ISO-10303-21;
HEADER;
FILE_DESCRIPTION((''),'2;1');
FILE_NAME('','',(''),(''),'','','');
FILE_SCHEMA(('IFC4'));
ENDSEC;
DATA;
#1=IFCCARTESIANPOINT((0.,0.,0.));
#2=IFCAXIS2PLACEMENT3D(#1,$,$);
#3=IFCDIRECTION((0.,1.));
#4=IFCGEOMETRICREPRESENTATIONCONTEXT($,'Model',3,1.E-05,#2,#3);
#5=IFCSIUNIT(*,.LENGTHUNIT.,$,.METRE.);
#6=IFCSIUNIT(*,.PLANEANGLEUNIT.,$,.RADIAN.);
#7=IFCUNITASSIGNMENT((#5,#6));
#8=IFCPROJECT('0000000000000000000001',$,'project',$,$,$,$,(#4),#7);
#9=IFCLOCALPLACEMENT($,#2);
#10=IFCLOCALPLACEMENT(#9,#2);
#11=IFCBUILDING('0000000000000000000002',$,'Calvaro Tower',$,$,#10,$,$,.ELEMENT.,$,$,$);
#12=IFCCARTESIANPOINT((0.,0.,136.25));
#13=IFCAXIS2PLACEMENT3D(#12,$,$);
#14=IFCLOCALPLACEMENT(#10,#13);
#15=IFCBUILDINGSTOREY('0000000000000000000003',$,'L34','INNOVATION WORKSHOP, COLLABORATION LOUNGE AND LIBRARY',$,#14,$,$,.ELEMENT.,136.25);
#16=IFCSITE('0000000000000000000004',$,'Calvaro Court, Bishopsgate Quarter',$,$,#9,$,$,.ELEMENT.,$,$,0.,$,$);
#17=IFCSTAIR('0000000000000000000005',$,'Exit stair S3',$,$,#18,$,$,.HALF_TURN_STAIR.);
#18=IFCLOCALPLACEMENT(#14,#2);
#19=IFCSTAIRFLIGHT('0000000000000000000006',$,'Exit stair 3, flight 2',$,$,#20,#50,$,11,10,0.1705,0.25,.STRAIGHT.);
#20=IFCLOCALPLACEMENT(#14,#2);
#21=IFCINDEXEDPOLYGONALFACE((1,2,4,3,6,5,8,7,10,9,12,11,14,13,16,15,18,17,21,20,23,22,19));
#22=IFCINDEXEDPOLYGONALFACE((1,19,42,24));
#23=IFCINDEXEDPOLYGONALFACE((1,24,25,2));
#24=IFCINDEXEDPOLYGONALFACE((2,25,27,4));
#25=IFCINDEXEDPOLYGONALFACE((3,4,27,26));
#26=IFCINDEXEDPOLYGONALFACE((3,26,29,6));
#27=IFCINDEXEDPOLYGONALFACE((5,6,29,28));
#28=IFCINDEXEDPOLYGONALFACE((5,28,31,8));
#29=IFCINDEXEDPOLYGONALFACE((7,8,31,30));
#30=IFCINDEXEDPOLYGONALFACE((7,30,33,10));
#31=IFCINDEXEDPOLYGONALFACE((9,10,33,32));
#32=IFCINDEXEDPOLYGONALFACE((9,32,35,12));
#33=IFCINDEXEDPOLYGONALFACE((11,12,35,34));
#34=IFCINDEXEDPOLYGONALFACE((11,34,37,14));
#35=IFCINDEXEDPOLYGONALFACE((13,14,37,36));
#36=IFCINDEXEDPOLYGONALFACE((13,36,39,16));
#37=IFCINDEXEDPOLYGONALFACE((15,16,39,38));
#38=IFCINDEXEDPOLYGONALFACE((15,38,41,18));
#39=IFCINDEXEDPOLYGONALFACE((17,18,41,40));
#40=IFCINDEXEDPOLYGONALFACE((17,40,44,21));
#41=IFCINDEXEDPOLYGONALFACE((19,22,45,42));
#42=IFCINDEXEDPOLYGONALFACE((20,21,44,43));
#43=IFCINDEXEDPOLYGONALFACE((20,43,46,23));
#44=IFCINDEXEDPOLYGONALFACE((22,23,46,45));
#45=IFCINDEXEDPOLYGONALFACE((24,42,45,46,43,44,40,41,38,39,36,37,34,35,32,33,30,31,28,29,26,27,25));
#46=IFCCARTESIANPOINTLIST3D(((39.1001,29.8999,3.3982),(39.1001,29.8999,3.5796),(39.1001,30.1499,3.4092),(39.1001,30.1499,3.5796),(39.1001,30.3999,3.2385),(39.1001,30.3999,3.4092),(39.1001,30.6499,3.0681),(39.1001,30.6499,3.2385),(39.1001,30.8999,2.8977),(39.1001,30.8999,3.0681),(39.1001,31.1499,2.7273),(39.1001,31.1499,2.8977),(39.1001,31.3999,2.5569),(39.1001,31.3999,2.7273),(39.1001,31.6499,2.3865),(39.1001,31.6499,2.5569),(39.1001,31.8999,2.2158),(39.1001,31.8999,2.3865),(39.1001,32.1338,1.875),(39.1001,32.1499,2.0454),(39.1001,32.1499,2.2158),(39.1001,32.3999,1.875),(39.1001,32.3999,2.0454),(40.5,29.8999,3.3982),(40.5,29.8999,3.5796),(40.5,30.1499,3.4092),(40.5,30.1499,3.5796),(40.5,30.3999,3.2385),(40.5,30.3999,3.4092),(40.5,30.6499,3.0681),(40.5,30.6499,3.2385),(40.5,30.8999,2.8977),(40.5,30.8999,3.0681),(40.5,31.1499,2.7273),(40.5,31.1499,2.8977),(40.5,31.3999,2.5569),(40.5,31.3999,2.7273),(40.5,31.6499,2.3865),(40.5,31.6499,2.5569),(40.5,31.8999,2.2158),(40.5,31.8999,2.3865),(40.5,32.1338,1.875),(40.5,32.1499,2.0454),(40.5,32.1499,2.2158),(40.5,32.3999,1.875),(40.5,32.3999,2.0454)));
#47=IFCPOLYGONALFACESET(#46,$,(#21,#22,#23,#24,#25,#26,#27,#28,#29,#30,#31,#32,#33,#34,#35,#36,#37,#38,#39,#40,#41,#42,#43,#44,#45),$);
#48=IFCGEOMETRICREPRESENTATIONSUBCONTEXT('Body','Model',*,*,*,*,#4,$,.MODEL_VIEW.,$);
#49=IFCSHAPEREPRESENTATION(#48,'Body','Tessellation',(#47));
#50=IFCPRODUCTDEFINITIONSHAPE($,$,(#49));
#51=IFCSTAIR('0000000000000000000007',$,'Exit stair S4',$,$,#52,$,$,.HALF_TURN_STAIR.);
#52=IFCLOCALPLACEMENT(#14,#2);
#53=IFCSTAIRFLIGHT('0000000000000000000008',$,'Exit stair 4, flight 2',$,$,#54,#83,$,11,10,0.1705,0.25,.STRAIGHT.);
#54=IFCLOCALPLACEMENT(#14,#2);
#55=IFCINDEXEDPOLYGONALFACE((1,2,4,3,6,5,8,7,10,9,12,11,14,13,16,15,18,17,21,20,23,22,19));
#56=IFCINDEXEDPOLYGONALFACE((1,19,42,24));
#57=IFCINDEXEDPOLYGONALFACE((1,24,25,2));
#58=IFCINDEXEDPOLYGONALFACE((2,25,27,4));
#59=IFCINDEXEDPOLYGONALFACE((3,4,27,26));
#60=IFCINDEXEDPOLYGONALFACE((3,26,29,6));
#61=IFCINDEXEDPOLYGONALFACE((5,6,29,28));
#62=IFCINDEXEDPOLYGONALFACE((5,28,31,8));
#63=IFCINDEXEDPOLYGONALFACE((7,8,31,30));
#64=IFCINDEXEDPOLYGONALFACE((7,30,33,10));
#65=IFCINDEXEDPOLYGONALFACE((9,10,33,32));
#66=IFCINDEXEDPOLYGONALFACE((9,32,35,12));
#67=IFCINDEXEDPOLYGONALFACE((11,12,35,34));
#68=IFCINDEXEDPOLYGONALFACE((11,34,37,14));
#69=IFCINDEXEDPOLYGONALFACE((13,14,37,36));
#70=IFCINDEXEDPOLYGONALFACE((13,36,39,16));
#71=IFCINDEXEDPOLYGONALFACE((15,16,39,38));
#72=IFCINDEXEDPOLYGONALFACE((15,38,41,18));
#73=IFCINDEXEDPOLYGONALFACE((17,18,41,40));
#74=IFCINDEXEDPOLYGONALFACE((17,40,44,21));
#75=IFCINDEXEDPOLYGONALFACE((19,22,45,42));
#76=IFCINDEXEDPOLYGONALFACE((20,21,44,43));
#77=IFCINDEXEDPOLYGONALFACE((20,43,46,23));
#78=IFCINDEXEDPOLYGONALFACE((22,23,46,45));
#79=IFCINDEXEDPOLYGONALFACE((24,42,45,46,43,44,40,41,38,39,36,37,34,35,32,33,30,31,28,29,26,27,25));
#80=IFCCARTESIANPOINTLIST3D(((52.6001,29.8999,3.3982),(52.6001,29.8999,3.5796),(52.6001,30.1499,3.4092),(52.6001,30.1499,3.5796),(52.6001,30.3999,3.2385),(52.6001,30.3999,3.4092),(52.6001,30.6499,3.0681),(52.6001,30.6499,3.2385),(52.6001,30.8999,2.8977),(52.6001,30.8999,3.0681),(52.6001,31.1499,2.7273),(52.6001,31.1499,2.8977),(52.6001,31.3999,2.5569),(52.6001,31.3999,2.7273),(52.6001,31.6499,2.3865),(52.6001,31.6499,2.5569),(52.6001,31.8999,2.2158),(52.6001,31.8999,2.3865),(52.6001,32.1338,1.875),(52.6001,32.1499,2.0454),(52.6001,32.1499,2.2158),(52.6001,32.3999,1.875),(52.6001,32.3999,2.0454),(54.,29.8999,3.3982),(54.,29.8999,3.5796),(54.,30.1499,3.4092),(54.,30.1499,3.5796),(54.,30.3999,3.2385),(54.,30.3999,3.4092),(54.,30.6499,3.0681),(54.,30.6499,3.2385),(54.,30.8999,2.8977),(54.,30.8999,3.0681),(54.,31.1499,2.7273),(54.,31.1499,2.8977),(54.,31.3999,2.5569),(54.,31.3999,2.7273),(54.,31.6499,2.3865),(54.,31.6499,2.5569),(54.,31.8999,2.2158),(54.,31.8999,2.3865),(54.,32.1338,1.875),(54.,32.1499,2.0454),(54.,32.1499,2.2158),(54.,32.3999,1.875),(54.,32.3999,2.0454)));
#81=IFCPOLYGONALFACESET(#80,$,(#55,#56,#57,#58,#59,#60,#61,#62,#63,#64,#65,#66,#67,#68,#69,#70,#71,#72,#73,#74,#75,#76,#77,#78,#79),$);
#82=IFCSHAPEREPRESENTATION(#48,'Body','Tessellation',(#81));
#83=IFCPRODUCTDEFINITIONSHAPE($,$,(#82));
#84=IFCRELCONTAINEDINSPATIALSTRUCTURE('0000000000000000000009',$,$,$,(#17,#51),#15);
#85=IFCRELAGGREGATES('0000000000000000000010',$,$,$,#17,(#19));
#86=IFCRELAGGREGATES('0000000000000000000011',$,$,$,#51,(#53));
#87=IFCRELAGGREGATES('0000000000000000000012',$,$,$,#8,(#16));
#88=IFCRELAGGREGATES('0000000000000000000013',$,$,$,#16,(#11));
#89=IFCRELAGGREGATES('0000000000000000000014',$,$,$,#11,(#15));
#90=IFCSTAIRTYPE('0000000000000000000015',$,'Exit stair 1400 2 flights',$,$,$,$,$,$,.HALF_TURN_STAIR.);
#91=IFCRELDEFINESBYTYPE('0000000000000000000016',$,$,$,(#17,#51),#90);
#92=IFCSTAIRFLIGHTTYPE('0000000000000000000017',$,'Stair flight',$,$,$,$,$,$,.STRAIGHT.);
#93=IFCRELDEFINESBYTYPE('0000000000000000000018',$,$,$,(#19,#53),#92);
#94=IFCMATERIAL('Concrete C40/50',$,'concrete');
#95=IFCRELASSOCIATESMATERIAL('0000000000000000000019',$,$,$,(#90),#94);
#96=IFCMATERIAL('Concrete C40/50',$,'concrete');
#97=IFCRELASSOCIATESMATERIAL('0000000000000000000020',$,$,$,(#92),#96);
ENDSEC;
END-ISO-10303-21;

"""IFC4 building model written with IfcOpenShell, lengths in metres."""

from ifc_helpers import new_model, si_unit, direction, frame, origin, place, context, subcontext, project, spatial, polyline, outline, extrude, material, type_object, element, aggregate, save


model = new_model("IFC4")

# Units and contexts
model_context = context("Model", 3, precision=1e-05, world=origin(), true_north=direction((0.0, 1.0)))
body_context = subcontext(model_context, "Body", "Model", "MODEL_VIEW")
ifc_project = project(units=[si_unit("LENGTHUNIT", "METRE"), si_unit("PLANEANGLEUNIT", "RADIAN")], contexts=[model_context])

# Site, building, storey
site_placement = place(None, origin())
site = spatial("IfcSite", under=ifc_project, at=site_placement, Name="Calvaro Court, Bishopsgate Quarter", CompositionType="ELEMENT", RefElevation=0.0)
building_placement = place(site_placement, origin())
building = spatial("IfcBuilding", under=site, at=building_placement, Name="Calvaro Tower", CompositionType="ELEMENT")
storey_placement = place(building_placement, frame((0.0, 0.0, 136.25)))
storey = spatial("IfcBuildingStorey", under=building, at=storey_placement, Name="L34", Description="INNOVATION WORKSHOP, COLLABORATION LOUNGE AND LIBRARY", CompositionType="ELEMENT", Elevation=136.25)

# Stairs, stair flights
ifc_material_1 = material(Name="Concrete C40/50", Category="concrete")
stair_type = type_object("IfcStairType", Name="Exit stair 1400 2 flights", PredefinedType="HALF_TURN_STAIR", material=ifc_material_1)
stair_1_placement = place(storey_placement, origin())
stair_1 = element("IfcStair", 1, at=stair_1_placement, inside=storey, type_object=stair_type, Name="Exit stair S3", PredefinedType="HALF_TURN_STAIR")
ifc_material_2 = material(Name="Concrete C40/50", Category="concrete")
stair_flight_type = type_object("IfcStairFlightType", Name="Stair flight", PredefinedType="STRAIGHT", material=ifc_material_2)
stair_flight_1_placement = place(storey_placement, frame((39.8, 32.3999, 1.875), z_axis=(0.0, 0.0, 1.0), x_axis=(0.0, -1.0, 0.0)))
stair_flight_1 = element("IfcStairFlight", 2, at=stair_flight_1_placement, type_object=stair_flight_type, Name="Exit stair 3, flight 2", NumberOfRisers=11, NumberOfTreads=10, PredefinedType="STRAIGHT", RiserHeight=0.1705, TreadLength=0.25, context=body_context, shape_type="SweptSolid", body=[
    extrude(outline(polyline([(0.0, 0.0), (0.0, 0.1704), (0.25, 0.1704), (0.25, 0.3408), (0.5, 0.3408), (0.5, 0.5115), (0.75, 0.5115), (0.75, 0.6819), (1.0, 0.6819), (1.0, 0.8523), (1.25, 0.8523), (1.25, 1.0227), (1.5, 1.0227), (1.5, 1.1931), (1.75, 1.1931), (1.75, 1.3635), (2.0, 1.3635), (2.0, 1.5342), (2.25, 1.5342), (2.25, 1.7046), (2.5, 1.7046), (2.5, 1.875), (2.5, 1.5232), (0.2661, 0.0), (0.0, 0.0)])), frame((0.0, 0.7, 0.0), z_axis=(0.0, -1.0, 0.0), x_axis=(1.0, 0.0, 0.0)), (0.0, 0.0, 1.0), 1.3999),
])
stair_2_placement = place(storey_placement, origin())
stair_2 = element("IfcStair", 3, at=stair_2_placement, inside=storey, type_object=stair_type, Name="Exit stair S4", PredefinedType="HALF_TURN_STAIR")
stair_flight_2_placement = place(storey_placement, frame((53.3, 32.3999, 1.875), z_axis=(0.0, 0.0, 1.0), x_axis=(0.0, -1.0, 0.0)))
stair_flight_2 = element("IfcStairFlight", 4, at=stair_flight_2_placement, type_object=stair_flight_type, Name="Exit stair 4, flight 2", NumberOfRisers=11, NumberOfTreads=10, PredefinedType="STRAIGHT", RiserHeight=0.1705, TreadLength=0.25, context=body_context, shape_type="SweptSolid", body=[
    extrude(outline(polyline([(0.0, 0.0), (0.0, 0.1704), (0.25, 0.1704), (0.25, 0.3408), (0.5, 0.3408), (0.5, 0.5115), (0.75, 0.5115), (0.75, 0.6819), (1.0, 0.6819), (1.0, 0.8523), (1.25, 0.8523), (1.25, 1.0227), (1.5, 1.0227), (1.5, 1.1931), (1.75, 1.1931), (1.75, 1.3635), (2.0, 1.3635), (2.0, 1.5342), (2.25, 1.5342), (2.25, 1.7046), (2.5, 1.7046), (2.5, 1.875), (2.5, 1.5232), (0.2661, 0.0), (0.0, 0.0)])), frame((0.0, 0.7, 0.0), z_axis=(0.0, -1.0, 0.0), x_axis=(1.0, 0.0, 0.0)), (0.0, 0.0, 1.0), 1.3999),
])

aggregate(stair_1, [stair_flight_1])
aggregate(stair_2, [stair_flight_2])

save(model, "model.ifc")
